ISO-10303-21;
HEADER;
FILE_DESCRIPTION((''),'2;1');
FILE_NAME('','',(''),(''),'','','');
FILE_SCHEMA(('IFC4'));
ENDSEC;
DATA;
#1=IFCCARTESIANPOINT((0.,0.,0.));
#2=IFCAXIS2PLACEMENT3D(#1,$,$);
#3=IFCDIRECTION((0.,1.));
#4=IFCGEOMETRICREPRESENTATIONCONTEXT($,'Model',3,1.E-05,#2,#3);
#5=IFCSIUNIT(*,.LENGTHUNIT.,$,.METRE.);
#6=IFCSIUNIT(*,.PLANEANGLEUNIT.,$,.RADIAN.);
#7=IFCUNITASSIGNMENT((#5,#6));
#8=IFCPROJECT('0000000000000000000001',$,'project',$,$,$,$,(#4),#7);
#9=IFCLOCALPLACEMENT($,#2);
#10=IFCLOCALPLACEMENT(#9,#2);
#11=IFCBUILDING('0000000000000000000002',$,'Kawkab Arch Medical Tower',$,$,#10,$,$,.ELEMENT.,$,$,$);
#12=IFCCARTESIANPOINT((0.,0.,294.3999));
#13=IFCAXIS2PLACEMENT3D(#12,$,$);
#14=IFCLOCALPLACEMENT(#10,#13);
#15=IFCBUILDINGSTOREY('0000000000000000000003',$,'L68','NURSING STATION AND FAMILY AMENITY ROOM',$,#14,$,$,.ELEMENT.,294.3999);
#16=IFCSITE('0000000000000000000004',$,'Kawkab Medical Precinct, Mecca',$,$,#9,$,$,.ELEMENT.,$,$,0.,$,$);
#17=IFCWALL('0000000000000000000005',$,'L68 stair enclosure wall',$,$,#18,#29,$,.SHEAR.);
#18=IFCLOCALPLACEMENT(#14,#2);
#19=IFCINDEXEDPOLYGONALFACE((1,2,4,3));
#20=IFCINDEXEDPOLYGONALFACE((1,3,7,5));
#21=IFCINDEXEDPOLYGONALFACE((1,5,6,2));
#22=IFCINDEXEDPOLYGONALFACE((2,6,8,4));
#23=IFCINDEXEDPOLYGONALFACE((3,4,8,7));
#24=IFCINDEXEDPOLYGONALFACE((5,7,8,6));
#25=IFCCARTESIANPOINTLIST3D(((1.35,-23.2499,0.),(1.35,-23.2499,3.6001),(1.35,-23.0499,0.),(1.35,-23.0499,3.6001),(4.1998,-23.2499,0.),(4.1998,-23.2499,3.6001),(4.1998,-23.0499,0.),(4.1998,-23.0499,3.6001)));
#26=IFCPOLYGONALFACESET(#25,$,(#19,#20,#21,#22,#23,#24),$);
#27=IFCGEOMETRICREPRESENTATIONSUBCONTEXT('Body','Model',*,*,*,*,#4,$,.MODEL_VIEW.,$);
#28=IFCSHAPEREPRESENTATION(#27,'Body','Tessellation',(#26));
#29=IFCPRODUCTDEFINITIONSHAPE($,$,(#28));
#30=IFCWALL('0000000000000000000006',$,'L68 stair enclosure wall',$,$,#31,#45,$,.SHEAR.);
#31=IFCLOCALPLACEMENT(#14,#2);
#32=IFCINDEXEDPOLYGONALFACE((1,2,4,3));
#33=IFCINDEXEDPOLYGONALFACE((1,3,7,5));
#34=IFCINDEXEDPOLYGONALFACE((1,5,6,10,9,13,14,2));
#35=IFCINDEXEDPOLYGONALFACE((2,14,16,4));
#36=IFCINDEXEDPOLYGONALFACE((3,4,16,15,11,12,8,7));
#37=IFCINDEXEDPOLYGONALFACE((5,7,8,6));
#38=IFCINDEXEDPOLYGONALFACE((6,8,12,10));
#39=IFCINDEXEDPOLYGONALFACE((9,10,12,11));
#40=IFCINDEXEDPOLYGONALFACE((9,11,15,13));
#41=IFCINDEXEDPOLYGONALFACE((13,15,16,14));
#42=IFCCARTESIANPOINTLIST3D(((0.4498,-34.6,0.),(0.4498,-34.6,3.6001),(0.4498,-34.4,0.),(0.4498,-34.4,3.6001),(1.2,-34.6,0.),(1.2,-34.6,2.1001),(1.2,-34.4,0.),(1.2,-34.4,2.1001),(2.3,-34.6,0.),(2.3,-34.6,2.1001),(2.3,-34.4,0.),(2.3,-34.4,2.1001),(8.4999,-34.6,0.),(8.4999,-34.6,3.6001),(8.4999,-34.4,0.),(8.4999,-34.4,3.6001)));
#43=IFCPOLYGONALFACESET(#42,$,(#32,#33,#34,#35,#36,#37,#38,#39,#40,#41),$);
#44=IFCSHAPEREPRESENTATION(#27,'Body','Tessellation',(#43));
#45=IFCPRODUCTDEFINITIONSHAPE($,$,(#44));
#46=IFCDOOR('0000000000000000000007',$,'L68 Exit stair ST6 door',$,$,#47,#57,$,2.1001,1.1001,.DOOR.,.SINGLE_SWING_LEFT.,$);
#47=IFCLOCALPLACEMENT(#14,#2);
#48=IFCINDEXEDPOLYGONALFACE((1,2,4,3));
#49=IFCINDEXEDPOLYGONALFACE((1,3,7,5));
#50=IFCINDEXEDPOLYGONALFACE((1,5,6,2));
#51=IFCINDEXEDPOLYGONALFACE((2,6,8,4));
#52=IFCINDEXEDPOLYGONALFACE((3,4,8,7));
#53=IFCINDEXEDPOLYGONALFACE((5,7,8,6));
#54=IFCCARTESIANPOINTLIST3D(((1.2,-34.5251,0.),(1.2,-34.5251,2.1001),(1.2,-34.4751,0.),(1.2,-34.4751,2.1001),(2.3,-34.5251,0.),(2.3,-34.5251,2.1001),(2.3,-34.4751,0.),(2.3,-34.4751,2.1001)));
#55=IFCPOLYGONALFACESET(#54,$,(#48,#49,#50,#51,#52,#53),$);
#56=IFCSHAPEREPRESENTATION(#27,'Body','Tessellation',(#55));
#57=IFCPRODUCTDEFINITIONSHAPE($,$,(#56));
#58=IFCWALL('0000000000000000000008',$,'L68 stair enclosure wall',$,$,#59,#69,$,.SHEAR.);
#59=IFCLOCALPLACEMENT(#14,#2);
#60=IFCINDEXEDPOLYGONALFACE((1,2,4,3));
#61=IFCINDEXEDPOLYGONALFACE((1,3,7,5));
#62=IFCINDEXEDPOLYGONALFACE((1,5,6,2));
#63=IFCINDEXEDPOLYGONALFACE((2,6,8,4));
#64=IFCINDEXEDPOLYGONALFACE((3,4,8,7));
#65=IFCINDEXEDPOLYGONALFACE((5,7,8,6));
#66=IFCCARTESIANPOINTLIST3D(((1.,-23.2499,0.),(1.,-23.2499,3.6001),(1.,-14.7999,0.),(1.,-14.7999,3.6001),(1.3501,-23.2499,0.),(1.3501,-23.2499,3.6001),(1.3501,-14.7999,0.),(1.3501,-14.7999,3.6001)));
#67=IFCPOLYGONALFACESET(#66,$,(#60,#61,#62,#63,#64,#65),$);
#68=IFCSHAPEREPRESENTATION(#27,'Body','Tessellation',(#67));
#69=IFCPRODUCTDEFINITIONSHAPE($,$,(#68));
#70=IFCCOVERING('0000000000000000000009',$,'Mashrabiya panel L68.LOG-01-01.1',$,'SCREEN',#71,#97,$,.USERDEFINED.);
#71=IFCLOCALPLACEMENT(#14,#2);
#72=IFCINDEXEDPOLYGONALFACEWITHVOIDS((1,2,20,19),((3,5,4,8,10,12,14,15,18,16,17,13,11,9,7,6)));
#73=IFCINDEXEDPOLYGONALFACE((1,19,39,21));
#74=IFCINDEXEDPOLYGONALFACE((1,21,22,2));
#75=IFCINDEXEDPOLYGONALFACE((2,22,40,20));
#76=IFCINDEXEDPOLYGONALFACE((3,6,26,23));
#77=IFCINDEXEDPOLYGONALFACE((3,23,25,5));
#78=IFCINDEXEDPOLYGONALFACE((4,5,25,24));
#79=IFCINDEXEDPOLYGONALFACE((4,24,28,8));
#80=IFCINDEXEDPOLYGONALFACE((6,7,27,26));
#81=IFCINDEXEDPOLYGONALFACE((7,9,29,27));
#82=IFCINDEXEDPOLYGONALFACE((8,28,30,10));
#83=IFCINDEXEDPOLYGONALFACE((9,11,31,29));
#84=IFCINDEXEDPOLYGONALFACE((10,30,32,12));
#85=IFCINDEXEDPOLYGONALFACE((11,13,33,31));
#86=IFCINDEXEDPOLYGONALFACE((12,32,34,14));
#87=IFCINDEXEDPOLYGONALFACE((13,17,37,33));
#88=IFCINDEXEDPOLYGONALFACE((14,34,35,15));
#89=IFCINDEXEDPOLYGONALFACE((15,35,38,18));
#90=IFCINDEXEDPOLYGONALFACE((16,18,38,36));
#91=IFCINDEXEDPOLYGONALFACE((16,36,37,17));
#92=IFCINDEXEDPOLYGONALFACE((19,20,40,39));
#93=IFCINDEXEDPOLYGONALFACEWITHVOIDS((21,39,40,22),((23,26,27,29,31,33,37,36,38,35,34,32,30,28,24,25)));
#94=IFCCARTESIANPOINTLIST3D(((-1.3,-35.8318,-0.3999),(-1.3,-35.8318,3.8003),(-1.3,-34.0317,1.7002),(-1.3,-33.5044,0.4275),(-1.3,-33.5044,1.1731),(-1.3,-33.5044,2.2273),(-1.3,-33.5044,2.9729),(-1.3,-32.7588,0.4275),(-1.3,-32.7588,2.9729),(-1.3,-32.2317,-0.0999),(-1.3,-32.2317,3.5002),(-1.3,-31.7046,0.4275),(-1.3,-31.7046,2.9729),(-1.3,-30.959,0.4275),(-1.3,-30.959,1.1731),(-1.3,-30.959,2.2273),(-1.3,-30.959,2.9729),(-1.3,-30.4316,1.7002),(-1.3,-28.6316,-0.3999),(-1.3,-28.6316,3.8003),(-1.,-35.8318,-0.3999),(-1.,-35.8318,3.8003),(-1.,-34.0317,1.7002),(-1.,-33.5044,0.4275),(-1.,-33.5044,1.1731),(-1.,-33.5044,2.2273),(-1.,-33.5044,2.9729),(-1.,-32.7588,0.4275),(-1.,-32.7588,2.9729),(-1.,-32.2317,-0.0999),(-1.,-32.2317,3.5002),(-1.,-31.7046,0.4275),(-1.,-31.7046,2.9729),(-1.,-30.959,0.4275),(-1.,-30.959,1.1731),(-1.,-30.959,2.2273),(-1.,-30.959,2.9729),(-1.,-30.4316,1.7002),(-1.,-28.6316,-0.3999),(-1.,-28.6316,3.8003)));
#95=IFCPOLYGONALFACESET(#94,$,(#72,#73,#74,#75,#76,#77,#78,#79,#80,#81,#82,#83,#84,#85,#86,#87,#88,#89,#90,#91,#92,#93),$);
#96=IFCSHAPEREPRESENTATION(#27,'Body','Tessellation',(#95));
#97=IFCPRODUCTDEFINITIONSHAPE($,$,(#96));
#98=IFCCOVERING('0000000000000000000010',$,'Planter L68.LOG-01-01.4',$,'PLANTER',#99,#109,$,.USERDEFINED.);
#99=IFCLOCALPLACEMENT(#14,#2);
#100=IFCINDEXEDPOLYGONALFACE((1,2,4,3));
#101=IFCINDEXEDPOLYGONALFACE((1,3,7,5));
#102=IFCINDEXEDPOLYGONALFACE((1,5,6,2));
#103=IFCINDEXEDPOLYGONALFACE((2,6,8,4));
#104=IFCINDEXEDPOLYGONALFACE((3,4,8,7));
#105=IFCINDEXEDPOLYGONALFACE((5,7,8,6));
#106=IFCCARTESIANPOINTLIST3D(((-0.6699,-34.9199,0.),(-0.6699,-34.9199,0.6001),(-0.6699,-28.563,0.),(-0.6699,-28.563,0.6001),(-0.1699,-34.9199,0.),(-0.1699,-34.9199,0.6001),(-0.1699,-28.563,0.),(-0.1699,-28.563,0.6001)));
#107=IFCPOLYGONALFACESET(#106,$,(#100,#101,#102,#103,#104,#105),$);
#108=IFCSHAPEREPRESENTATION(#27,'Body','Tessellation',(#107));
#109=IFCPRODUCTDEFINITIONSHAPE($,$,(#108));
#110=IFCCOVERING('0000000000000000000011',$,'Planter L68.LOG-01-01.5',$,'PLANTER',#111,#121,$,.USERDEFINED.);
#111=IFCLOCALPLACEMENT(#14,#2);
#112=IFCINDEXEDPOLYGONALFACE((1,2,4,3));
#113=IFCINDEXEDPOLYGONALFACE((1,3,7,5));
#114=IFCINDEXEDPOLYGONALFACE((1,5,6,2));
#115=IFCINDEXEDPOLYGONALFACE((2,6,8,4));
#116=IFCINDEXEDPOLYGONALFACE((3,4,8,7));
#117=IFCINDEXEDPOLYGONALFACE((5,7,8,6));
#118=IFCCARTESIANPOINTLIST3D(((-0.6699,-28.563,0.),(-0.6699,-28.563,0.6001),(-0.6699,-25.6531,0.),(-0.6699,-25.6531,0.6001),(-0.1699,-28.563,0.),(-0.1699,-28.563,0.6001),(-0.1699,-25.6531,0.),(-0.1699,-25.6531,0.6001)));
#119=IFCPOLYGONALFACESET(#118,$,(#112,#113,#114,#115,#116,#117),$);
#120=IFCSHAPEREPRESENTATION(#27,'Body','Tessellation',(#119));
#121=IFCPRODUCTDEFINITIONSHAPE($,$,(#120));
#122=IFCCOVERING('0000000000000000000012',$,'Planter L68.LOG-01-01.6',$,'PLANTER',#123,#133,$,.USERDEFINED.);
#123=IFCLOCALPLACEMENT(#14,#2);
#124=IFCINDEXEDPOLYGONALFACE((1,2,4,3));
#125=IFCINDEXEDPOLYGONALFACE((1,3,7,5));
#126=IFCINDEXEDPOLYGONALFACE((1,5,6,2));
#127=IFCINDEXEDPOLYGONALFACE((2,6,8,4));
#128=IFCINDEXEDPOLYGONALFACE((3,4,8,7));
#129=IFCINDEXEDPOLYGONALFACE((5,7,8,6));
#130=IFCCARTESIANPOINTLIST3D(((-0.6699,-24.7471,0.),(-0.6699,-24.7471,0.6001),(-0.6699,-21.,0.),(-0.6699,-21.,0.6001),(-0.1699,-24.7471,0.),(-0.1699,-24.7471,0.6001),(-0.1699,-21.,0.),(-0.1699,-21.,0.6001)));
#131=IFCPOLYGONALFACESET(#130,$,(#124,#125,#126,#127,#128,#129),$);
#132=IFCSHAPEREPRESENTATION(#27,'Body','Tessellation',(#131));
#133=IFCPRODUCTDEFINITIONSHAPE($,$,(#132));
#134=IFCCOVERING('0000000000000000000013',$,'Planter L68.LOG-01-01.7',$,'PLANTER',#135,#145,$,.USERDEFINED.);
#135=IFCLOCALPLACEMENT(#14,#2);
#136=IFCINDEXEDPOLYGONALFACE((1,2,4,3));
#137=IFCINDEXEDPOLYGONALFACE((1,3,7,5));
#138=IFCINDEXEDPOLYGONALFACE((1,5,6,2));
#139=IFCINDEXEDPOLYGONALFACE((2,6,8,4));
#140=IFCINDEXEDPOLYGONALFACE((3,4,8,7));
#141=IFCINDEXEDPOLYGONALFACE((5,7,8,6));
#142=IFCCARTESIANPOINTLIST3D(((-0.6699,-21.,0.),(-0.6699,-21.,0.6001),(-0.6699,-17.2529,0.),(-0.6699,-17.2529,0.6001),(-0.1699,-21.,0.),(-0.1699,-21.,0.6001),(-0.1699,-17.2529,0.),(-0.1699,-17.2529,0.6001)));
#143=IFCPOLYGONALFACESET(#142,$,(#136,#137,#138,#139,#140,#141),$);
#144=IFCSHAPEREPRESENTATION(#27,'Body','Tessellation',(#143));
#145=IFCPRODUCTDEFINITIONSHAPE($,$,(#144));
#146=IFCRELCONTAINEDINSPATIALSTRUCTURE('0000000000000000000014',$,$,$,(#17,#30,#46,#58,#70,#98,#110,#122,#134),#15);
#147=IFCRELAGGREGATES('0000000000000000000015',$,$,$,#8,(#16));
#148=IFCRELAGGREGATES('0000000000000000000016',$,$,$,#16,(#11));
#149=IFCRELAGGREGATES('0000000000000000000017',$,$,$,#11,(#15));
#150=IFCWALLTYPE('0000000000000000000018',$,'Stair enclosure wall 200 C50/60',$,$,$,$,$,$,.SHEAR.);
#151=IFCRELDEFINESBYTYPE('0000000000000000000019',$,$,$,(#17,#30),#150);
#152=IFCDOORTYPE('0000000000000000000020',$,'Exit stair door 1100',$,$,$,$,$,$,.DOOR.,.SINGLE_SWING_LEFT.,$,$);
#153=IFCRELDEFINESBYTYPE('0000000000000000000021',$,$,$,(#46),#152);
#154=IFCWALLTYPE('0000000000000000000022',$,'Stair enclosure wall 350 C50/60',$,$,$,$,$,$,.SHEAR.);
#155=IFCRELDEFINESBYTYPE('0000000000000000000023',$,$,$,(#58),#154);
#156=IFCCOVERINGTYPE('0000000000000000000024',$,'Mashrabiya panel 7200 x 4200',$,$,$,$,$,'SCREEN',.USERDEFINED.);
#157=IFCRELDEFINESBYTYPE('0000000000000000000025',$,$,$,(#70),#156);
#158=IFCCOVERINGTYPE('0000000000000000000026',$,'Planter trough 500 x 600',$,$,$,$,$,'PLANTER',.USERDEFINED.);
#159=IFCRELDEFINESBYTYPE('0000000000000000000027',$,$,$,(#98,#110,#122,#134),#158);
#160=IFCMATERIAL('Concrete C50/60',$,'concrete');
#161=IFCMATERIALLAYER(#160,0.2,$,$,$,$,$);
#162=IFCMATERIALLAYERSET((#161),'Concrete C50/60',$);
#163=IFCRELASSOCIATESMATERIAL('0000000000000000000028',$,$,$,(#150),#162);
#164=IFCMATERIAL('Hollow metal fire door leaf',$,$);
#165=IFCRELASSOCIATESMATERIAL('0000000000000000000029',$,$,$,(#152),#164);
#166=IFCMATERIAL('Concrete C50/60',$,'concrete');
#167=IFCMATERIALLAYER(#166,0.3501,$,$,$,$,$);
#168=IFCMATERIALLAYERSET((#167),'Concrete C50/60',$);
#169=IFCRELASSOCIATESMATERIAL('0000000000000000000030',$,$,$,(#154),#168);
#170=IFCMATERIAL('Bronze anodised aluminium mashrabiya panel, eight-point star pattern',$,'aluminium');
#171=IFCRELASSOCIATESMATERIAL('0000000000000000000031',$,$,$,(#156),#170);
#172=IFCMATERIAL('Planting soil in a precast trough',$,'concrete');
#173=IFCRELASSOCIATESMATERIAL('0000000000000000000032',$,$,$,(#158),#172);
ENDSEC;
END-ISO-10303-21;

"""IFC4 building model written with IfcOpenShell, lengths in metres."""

from ifc_helpers import new_model, si_unit, direction, frame, frame_2d, origin, origin_2d, place, context, subcontext, project, spatial, polyline, rectangle, outline, extrude, material, layer, layer_set, material_profile, profile_set, type_object, element, fill, save


model = new_model("IFC4")

# Units and contexts
model_context = context("Model", 3, precision=1e-05, world=origin(), true_north=direction((0.0, 1.0)))
body_context = subcontext(model_context, "Body", "Model", "MODEL_VIEW")
ifc_project = project(units=[si_unit("LENGTHUNIT", "METRE"), si_unit("PLANEANGLEUNIT", "RADIAN")], contexts=[model_context])

# Site, building, storey
site_placement = place(None, origin())
site = spatial("IfcSite", under=ifc_project, at=site_placement, Name="Kawkab Medical Precinct, Mecca", CompositionType="ELEMENT", RefElevation=0.0)
building_placement = place(site_placement, origin())
building = spatial("IfcBuilding", under=site, at=building_placement, Name="Kawkab Arch Medical Tower", CompositionType="ELEMENT")
storey_placement = place(building_placement, frame((0.0, 0.0, 294.3999)))
storey = spatial("IfcBuildingStorey", under=building, at=storey_placement, Name="L68", Description="NURSING STATION AND FAMILY AMENITY ROOM", CompositionType="ELEMENT", Elevation=294.3999)

# Wall
ifc_material_1 = material(Name="Concrete C50/60", Category="concrete")
ifc_layer_1 = layer(ifc_material_1, 0.2)
ifc_layer_set_1 = layer_set([ifc_layer_1], Name="Concrete C50/60")
wall_type_1 = type_object("IfcWallType", Name="Stair enclosure wall 200 C50/60", PredefinedType="SHEAR", material=ifc_layer_set_1)
wall_1_placement = place(storey_placement, frame((1.3501, -23.1499, 0.0), z_axis=(0.0, 0.0, 1.0), x_axis=(1.0, 0.0, 0.0)))
element("IfcWall", 1, at=wall_1_placement, inside=storey, type_object=wall_type_1, Name="L68 stair enclosure wall", PredefinedType="SHEAR", context=body_context, shape_type="SweptSolid", body=[
    extrude(rectangle(XDim=2.8499, YDim=0.2, at=frame_2d((1.4248, 0.0))), origin(), (0.0, 0.0, 1.0), 3.6001),
])

# Wall, opening, door
wall_2_placement = place(storey_placement, frame((0.45, -34.5, 0.0), z_axis=(0.0, 0.0, 1.0), x_axis=(1.0, 0.0, 0.0)))
wall_2 = element("IfcWall", 2, at=wall_2_placement, inside=storey, type_object=wall_type_1, Name="L68 stair enclosure wall", PredefinedType="SHEAR", context=body_context, shape_type="SweptSolid", body=[
    extrude(rectangle(XDim=8.05, YDim=0.2, at=frame_2d((4.0249, 0.0))), origin(), (0.0, 0.0, 1.0), 3.6001),
])
opening_1_placement = place(wall_2_placement, frame((0.75, 0.0, 0.0)))
opening_1 = element("IfcOpeningElement", 3, at=opening_1_placement, cuts=wall_2, PredefinedType="OPENING", context=body_context, shape_type="SweptSolid", body=[
    extrude(rectangle(XDim=1.1001, YDim=2.1001, at=frame_2d((0.55, 1.05))), frame((0.0, 0.1099, 0.0), z_axis=(0.0, -1.0, 0.0), x_axis=(1.0, 0.0, 0.0)), (0.0, 0.0, 1.0), 0.22),
])
ifc_material_2 = material(Name="Hollow metal fire door leaf")
door_type_1 = type_object("IfcDoorType", Name="Exit stair door 1100", OperationType="SINGLE_SWING_LEFT", PredefinedType="DOOR", material=ifc_material_2)
door_1_placement = place(opening_1_placement, origin())
door_1 = element("IfcDoor", 4, at=door_1_placement, inside=storey, type_object=door_type_1, Name="L68 Exit stair ST6 door", OperationType="SINGLE_SWING_LEFT", OverallHeight=2.1001, OverallWidth=1.1001, PredefinedType="DOOR", context=body_context, shape_type="SweptSolid", body=[
    extrude(rectangle(XDim=1.1001, YDim=2.1001, at=frame_2d((0.55, 1.05))), frame((0.0, 0.0249, 0.0), z_axis=(0.0, -1.0, 0.0), x_axis=(1.0, 0.0, 0.0)), (0.0, 0.0, 1.0), 0.05),
])
fill(opening_1, door_1)

# Wall
ifc_material_3 = material(Name="Concrete C50/60", Category="concrete")
ifc_layer_2 = layer(ifc_material_3, 0.3501)
ifc_layer_set_2 = layer_set([ifc_layer_2], Name="Concrete C50/60")
wall_type_2 = type_object("IfcWallType", Name="Stair enclosure wall 350 C50/60", PredefinedType="SHEAR", material=ifc_layer_set_2)
wall_3_placement = place(storey_placement, frame((1.175, -23.25, 0.0), z_axis=(0.0, 0.0, 1.0), x_axis=(0.0, 1.0, 0.0)))
element("IfcWall", 5, at=wall_3_placement, inside=storey, type_object=wall_type_2, Name="L68 stair enclosure wall", PredefinedType="SHEAR", context=body_context, shape_type="SweptSolid", body=[
    extrude(rectangle(XDim=8.45, YDim=0.3501, at=frame_2d((4.2251, 0.0))), origin(), (0.0, 0.0, 1.0), 3.6001),
])

# Coverings
ifc_material_4 = material(Name="Bronze anodised aluminium mashrabiya panel, eight-point star pattern", Category="aluminium")
ifc_material_profile_1 = material_profile(ifc_material_4, outline(polyline([(-3.6001, -2.1001), (3.6001, -2.1001), (3.6001, 2.1001), (-3.6001, 2.1001), (-3.6001, -2.1001)]), holes=[polyline([(1.8, 0.0), (1.2727, 0.5271), (1.2727, 1.2727), (0.5271, 1.2727), (0.0, 1.8), (-0.5271, 1.2727), (-1.2727, 1.2727), (-1.2727, 0.5271), (-1.8, 0.0), (-1.2727, -0.5271), (-1.2727, -1.2727), (-0.5271, -1.2727), (0.0, -1.8), (0.5271, -1.2727), (1.2727, -1.2727), (1.2727, -0.5271), (1.8, 0.0)])]), Name="Mashrabiya panel 7200x4200")
ifc_profile_set_1 = profile_set([ifc_material_profile_1], Name="Bronze anodised aluminium mashrabiya panel, eight-point star pattern")
covering_type_1 = type_object("IfcCoveringType", Name="Mashrabiya panel 7200 x 4200", ElementType="SCREEN", PredefinedType="USERDEFINED", material=ifc_profile_set_1)
covering_1_placement = place(storey_placement, frame((-1.0, -32.2317, 1.7002), z_axis=(-1.0, 0.0, 0.0), x_axis=(0.0, -1.0, 0.0)))
element("IfcCovering", 6, at=covering_1_placement, inside=storey, type_object=covering_type_1, Name="Mashrabiya panel L68.LOG-01-01.1", ObjectType="SCREEN", PredefinedType="USERDEFINED", context=body_context, shape_type="SweptSolid", body=[
    extrude(outline(polyline([(-3.6001, -2.1001), (3.6001, -2.1001), (3.6001, 2.1001), (-3.6001, 2.1001), (-3.6001, -2.1001)]), holes=[polyline([(1.8, 0.0), (1.2727, 0.5271), (1.2727, 1.2727), (0.5271, 1.2727), (0.0, 1.8), (-0.5271, 1.2727), (-1.2727, 1.2727), (-1.2727, 0.5271), (-1.8, 0.0), (-1.2727, -0.5271), (-1.2727, -1.2727), (-0.5271, -1.2727), (0.0, -1.8), (0.5271, -1.2727), (1.2727, -1.2727), (1.2727, -0.5271), (1.8, 0.0)])]), origin(), (0.0, 0.0, 1.0), 0.3),
])
ifc_material_5 = material(Name="Planting soil in a precast trough", Category="concrete")
ifc_material_profile_2 = material_profile(ifc_material_5, rectangle(XDim=0.5, YDim=0.6001, at=origin_2d()), Name="Trough 500x600")
ifc_profile_set_2 = profile_set([ifc_material_profile_2], Name="Planting soil in a precast trough")
covering_type_2 = type_object("IfcCoveringType", Name="Planter trough 500 x 600", ElementType="PLANTER", PredefinedType="USERDEFINED", material=ifc_profile_set_2)
covering_2_placement = place(storey_placement, frame((-0.4199, -34.9199, 0.3), z_axis=(0.0, 1.0, 0.0), x_axis=(-1.0, 0.0, 0.0)))
element("IfcCovering", 7, at=covering_2_placement, inside=storey, type_object=covering_type_2, Name="Planter L68.LOG-01-01.4", ObjectType="PLANTER", PredefinedType="USERDEFINED", context=body_context, shape_type="SweptSolid", body=[
    extrude(rectangle(XDim=0.5, YDim=0.6001, at=origin_2d()), origin(), (0.0, 0.0, 1.0), 6.3569),
])
covering_3_placement = place(storey_placement, frame((-0.4199, -28.563, 0.3), z_axis=(0.0, 1.0, 0.0), x_axis=(-1.0, 0.0, 0.0)))
element("IfcCovering", 8, at=covering_3_placement, inside=storey, type_object=covering_type_2, Name="Planter L68.LOG-01-01.5", ObjectType="PLANTER", PredefinedType="USERDEFINED", context=body_context, shape_type="SweptSolid", body=[
    extrude(rectangle(XDim=0.5, YDim=0.6001, at=origin_2d()), origin(), (0.0, 0.0, 1.0), 2.9099),
])
for number, where, z_axis, x_axis, name in (
    (9, (-0.4199, -24.7471, 0.3), (0.0, 1.0, 0.0), (-1.0, 0.0, 0.0), "Planter L68.LOG-01-01.6"),
    (10, (-0.4199, -21.0, 0.3), (0.0, 1.0, 0.0), (-1.0, 0.0, 0.0), "Planter L68.LOG-01-01.7"),
):
    element("IfcCovering", number, at=place(storey_placement, frame(where, z_axis=z_axis, x_axis=x_axis)), inside=storey, type_object=covering_type_2, Name=name, ObjectType="PLANTER", PredefinedType="USERDEFINED", context=body_context, shape_type="SweptSolid", body=[
        extrude(rectangle(XDim=0.5, YDim=0.6001, at=origin_2d()), origin(), (0.0, 0.0, 1.0), 3.7471),
    ])

save(model, "model.ifc")
